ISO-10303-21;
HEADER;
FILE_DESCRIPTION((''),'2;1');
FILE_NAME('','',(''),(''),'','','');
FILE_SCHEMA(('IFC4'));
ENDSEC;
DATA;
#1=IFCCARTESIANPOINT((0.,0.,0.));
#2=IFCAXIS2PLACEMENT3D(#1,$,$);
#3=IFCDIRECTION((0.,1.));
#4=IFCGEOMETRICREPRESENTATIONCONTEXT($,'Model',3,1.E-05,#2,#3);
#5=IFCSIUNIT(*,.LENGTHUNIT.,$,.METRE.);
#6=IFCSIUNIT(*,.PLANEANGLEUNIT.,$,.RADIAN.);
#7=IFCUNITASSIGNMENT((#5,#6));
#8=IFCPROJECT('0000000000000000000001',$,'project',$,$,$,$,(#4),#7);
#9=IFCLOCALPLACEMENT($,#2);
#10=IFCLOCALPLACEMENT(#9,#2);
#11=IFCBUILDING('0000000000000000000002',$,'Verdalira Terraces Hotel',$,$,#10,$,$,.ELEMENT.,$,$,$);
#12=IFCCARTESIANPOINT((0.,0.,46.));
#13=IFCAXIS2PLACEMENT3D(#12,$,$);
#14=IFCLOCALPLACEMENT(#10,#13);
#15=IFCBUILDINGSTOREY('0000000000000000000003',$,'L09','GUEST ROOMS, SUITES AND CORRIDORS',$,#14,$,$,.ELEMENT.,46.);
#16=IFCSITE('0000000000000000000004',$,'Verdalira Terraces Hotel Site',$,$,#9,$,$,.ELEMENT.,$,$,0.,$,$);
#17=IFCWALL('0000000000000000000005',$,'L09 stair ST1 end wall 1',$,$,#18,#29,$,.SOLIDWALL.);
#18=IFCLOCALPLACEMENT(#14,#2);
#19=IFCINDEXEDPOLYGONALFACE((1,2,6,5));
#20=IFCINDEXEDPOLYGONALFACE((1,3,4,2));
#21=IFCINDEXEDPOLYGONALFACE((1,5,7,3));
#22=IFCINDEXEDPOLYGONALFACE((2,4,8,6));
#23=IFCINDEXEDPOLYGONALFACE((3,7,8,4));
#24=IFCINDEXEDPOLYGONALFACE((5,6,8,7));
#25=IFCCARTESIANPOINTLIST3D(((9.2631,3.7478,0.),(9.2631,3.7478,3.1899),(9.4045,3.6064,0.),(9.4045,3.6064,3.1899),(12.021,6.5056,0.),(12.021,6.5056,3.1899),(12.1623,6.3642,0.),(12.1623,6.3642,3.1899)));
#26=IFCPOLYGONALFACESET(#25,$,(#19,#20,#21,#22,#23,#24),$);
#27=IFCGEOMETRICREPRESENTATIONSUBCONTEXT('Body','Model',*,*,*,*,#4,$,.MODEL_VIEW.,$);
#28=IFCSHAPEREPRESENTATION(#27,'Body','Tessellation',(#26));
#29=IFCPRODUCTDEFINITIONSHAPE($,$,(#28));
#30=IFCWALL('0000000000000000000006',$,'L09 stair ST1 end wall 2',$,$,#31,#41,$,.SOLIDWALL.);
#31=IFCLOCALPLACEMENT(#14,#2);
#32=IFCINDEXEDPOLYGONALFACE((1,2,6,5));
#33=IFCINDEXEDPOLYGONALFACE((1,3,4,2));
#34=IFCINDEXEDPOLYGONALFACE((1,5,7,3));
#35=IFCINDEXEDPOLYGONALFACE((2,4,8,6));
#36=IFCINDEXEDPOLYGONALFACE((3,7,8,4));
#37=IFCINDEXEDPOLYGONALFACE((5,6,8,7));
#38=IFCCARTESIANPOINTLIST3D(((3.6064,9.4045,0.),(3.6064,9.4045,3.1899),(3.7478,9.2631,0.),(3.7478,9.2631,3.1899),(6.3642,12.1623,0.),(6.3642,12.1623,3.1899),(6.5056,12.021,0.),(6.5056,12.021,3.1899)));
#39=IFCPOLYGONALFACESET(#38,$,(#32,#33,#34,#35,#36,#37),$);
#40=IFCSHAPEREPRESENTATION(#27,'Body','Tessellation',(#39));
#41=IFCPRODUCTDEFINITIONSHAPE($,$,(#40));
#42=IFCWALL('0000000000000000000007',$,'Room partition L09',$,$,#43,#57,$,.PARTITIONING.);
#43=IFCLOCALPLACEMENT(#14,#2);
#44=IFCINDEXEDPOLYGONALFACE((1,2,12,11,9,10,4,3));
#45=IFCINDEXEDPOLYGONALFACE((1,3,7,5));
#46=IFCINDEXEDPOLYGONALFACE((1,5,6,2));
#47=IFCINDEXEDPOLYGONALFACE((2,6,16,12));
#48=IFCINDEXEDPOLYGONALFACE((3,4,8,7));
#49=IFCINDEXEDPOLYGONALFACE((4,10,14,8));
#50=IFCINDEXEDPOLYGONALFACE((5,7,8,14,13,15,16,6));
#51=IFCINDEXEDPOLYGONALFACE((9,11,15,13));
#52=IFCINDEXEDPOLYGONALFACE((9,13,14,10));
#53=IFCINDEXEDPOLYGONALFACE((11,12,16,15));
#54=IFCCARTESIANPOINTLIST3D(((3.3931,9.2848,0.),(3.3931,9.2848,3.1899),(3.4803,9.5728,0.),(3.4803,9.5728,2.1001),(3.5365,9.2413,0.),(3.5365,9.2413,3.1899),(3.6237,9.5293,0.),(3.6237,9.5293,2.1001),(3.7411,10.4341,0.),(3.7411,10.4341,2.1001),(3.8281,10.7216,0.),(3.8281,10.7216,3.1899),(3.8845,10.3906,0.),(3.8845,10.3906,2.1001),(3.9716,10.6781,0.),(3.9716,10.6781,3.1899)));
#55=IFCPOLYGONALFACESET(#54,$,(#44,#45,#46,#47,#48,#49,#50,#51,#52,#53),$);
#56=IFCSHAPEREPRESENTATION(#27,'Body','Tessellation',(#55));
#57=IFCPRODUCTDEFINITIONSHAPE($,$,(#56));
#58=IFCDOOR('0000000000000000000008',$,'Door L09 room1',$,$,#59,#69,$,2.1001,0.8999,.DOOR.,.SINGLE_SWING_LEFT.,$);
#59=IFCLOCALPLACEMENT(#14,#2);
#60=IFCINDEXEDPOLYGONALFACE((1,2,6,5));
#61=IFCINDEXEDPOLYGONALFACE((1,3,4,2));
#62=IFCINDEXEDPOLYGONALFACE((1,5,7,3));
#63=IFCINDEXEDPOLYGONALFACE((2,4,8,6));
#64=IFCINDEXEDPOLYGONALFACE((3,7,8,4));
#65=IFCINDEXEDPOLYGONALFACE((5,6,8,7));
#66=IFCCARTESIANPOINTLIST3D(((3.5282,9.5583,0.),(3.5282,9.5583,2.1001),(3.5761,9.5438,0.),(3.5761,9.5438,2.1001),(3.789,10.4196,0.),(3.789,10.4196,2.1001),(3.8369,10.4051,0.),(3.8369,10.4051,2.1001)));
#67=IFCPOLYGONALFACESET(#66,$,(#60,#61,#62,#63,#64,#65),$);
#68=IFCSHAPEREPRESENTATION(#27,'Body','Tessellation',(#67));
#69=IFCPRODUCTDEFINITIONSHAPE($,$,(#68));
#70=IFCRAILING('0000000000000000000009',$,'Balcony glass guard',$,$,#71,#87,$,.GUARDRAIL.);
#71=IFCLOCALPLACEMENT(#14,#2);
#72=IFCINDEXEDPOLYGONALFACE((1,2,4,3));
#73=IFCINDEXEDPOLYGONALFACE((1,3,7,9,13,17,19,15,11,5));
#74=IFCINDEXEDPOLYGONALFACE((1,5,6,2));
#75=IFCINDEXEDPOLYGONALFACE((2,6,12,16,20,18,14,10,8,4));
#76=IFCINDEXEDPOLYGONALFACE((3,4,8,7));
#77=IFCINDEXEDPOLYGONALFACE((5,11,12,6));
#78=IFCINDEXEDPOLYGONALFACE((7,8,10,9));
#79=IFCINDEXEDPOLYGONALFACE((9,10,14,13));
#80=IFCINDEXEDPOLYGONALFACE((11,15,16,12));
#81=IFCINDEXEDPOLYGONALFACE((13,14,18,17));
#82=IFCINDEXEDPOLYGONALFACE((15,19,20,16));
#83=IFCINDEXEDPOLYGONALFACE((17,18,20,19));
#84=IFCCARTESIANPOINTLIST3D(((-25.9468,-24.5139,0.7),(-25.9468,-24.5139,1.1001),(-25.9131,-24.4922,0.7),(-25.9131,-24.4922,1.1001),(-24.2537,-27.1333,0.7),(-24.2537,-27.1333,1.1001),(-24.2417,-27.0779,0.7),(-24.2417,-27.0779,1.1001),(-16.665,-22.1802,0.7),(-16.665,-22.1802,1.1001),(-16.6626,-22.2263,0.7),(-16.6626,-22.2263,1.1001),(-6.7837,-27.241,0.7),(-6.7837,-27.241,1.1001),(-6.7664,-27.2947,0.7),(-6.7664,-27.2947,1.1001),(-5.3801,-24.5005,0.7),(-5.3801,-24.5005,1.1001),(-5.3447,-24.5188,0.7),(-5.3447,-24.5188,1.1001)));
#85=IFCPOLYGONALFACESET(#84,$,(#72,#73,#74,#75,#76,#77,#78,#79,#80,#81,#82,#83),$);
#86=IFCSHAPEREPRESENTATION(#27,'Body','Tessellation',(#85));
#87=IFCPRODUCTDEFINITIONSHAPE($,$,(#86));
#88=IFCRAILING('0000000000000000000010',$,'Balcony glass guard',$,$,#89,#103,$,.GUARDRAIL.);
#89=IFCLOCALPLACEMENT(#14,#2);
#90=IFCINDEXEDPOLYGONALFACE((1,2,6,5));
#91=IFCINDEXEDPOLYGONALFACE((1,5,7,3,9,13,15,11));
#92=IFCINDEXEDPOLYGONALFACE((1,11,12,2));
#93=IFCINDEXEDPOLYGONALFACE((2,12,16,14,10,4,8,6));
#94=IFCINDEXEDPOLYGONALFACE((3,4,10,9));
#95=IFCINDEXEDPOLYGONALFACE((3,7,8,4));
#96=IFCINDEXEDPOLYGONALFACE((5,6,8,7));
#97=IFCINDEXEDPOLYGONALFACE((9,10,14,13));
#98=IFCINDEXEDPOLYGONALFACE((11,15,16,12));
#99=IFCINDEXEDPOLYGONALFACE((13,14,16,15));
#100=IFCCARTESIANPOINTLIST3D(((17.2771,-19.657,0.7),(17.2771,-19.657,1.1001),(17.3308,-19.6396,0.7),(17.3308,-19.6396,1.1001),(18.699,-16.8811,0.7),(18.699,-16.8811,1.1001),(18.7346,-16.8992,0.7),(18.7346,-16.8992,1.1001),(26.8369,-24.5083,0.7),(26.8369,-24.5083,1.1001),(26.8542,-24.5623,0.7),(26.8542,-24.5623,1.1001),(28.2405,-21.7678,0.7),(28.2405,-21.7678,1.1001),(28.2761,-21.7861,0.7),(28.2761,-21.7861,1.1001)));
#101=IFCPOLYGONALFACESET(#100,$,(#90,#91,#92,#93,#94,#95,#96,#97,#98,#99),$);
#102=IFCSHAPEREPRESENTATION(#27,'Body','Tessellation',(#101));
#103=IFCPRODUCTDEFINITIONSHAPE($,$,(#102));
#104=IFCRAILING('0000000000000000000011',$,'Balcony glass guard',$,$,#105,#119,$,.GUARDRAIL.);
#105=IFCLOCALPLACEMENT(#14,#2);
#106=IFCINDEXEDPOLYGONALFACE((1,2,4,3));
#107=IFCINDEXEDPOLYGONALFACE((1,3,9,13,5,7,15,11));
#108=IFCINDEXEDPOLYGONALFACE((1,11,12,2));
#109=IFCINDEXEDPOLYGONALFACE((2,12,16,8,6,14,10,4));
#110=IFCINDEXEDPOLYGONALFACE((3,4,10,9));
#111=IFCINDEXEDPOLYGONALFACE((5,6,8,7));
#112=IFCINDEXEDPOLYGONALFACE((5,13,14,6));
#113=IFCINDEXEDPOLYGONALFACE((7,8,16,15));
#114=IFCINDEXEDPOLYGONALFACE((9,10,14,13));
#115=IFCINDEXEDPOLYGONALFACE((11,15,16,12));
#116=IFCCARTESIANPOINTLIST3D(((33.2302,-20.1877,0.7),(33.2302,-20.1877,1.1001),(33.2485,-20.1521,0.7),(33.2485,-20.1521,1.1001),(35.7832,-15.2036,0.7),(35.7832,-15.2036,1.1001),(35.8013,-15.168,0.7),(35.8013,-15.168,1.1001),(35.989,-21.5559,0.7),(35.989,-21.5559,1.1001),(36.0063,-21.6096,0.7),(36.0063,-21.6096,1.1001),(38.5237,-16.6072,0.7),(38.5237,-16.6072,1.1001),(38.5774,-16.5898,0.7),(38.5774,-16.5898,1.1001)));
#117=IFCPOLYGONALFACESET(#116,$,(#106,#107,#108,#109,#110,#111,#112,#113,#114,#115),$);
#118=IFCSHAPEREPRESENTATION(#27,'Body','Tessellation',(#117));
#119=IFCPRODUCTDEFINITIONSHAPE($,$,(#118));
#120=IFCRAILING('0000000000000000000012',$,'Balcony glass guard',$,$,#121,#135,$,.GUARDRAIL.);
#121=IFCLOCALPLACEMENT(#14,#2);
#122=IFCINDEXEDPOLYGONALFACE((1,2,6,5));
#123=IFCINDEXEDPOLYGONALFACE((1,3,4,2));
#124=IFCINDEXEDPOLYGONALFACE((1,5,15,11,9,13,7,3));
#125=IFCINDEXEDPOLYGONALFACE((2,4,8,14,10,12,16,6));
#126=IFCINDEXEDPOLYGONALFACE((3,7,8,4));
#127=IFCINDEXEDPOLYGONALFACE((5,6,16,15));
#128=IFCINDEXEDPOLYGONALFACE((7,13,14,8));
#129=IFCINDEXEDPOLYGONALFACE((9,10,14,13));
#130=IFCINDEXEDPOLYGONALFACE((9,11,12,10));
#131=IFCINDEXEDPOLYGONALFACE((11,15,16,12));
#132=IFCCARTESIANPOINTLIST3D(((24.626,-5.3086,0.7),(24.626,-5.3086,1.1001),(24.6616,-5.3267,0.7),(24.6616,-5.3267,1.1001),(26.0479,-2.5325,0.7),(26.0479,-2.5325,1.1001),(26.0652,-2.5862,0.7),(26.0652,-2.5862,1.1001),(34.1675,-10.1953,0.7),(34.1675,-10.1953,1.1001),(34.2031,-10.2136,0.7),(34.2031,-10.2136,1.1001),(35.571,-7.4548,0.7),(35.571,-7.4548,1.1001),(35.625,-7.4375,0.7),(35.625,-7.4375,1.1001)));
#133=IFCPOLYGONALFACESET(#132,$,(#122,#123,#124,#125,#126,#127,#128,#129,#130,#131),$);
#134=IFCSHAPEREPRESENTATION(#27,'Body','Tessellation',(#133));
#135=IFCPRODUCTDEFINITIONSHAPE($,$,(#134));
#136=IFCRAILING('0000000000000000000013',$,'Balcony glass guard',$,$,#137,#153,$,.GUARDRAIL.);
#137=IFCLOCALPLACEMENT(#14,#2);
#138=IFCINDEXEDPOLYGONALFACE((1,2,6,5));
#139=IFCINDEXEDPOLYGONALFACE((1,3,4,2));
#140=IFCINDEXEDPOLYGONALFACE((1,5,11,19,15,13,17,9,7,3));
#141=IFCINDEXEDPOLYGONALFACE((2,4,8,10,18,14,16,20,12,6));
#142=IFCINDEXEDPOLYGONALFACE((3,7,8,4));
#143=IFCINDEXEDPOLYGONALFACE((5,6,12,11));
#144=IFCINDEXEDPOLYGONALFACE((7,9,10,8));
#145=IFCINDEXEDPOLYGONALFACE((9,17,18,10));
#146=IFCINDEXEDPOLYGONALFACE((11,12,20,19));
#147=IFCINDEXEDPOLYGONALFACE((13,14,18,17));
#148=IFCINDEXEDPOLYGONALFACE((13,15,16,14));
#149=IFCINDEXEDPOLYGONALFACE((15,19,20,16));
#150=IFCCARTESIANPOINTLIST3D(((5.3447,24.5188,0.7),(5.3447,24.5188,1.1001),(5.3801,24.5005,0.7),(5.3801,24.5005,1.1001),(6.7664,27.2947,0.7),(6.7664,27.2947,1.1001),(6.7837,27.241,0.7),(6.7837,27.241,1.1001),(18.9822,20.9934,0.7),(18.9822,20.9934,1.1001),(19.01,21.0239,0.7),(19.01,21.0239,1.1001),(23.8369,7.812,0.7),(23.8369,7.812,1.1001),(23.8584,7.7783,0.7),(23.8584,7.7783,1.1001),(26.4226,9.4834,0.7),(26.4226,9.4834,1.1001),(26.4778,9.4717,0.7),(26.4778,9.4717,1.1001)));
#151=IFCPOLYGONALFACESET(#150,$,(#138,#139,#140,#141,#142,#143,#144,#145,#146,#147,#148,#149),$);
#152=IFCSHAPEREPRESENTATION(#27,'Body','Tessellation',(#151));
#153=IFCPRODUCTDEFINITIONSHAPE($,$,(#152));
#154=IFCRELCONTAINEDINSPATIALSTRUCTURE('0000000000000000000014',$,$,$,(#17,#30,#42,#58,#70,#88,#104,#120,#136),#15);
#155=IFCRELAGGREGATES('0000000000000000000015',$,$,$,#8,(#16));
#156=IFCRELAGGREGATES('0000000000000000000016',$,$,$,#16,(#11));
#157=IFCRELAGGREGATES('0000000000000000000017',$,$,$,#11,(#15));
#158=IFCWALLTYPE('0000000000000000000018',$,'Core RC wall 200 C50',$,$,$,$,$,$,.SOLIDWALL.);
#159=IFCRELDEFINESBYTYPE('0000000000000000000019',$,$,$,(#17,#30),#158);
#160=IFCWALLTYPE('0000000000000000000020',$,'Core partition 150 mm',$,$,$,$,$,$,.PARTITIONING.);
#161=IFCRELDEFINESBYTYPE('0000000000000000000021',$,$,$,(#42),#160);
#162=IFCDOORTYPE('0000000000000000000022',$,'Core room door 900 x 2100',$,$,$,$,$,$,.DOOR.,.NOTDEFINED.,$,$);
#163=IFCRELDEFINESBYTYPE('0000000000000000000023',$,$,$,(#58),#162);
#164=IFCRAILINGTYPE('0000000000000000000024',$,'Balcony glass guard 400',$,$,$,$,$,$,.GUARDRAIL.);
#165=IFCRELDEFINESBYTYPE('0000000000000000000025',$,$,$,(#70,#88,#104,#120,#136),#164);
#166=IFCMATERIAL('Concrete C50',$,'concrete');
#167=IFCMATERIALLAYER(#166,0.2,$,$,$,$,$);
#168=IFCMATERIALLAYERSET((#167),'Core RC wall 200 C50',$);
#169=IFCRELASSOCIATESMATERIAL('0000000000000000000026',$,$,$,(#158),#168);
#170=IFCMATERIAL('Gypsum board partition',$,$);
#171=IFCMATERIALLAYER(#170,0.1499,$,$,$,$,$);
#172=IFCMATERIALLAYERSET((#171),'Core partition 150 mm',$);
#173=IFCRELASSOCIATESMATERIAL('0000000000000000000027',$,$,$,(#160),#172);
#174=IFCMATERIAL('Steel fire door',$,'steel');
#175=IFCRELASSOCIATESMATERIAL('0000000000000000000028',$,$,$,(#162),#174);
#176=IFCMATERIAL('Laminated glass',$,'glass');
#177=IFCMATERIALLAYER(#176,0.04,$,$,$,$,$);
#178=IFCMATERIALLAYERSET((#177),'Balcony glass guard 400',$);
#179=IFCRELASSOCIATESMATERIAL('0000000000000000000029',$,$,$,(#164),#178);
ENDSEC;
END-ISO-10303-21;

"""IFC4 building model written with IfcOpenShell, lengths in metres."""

from ifc_helpers import new_model, si_unit, direction, frame, frame_2d, origin, place, context, subcontext, project, spatial, polyline, rectangle, outline, extrude, material, layer, layer_set, type_object, element, fill, save


model = new_model("IFC4")

# Units and contexts
model_context = context("Model", 3, precision=1e-05, world=origin(), true_north=direction((0.0, 1.0)))
body_context = subcontext(model_context, "Body", "Model", "MODEL_VIEW")
ifc_project = project(units=[si_unit("LENGTHUNIT", "METRE"), si_unit("PLANEANGLEUNIT", "RADIAN")], contexts=[model_context])

# Site, building, storey
site_placement = place(None, origin())
site = spatial("IfcSite", under=ifc_project, at=site_placement, Name="Verdalira Terraces Hotel Site", CompositionType="ELEMENT", RefElevation=0.0)
building_placement = place(site_placement, origin())
building = spatial("IfcBuilding", under=site, at=building_placement, Name="Verdalira Terraces Hotel", CompositionType="ELEMENT")
storey_placement = place(building_placement, frame((0.0, 0.0, 46.0)))
storey = spatial("IfcBuildingStorey", under=building, at=storey_placement, Name="L09", Description="GUEST ROOMS, SUITES AND CORRIDORS", CompositionType="ELEMENT", Elevation=46.0)

# Shared definitions
ifc_material_1 = material(Name="Concrete C50", Category="concrete")
ifc_layer_1 = layer(ifc_material_1, 0.2)
ifc_layer_set_1 = layer_set([ifc_layer_1], Name="Core RC wall 200 C50")
wall_type_1 = type_object("IfcWallType", Name="Core RC wall 200 C50", PredefinedType="SOLIDWALL", material=ifc_layer_set_1)

# Walls
for number, where, z_axis, x_axis, name in (
    (1, (9.3337, 3.677, 0.0), (0.0, 0.0, 1.0), (0.707107, 0.707107, 0.0), "L09 stair ST1 end wall 1"),
    (2, (3.677, 9.3337, 0.0), (0.0, 0.0, 1.0), (0.707107, 0.707107, 0.0), "L09 stair ST1 end wall 2"),
):
    element("IfcWall", number, at=place(storey_placement, frame(where, z_axis=z_axis, x_axis=x_axis)), inside=storey, type_object=wall_type_1, Name=name, PredefinedType="SOLIDWALL", context=body_context, shape_type="SweptSolid", body=[
        extrude(rectangle(XDim=3.9001, YDim=0.2, at=frame_2d((1.9502, 0.0))), origin(), (0.0, 0.0, 1.0), 3.1899),
    ])

# Wall, opening, door
ifc_material_2 = material(Name="Gypsum board partition")
ifc_layer_2 = layer(ifc_material_2, 0.1499)
ifc_layer_set_2 = layer_set([ifc_layer_2], Name="Core partition 150 mm")
wall_type_2 = type_object("IfcWallType", Name="Core partition 150 mm", PredefinedType="PARTITIONING", material=ifc_layer_set_2)
wall_1_placement = place(storey_placement, frame((3.4648, 9.2632, 0.0), z_axis=(0.0, 0.0, 1.0), x_axis=(0.289809, 0.957085, 0.0)))
wall_1 = element("IfcWall", 3, at=wall_1_placement, inside=storey, type_object=wall_type_2, Name="Room partition L09", PredefinedType="PARTITIONING", context=body_context, shape_type="SweptSolid", body=[
    extrude(rectangle(XDim=1.5012, YDim=0.1499, at=frame_2d((0.7505, 0.0))), origin(), (0.0, 0.0, 1.0), 3.1899),
])
opening_1_placement = place(wall_1_placement, frame((0.3008, 0.0, 0.0)))
opening_1 = element("IfcOpeningElement", 4, at=opening_1_placement, cuts=wall_1, PredefinedType="OPENING", context=body_context, shape_type="SweptSolid", body=[
    extrude(rectangle(XDim=0.8999, YDim=2.1001, at=frame_2d((0.45, 1.05))), frame((0.0, 0.085, 0.0), z_axis=(0.0, -1.0, 0.0), x_axis=(1.0, 0.0, 0.0)), (0.0, 0.0, 1.0), 0.1699),
])
ifc_material_3 = material(Name="Steel fire door", Category="steel")
door_type_1 = type_object("IfcDoorType", Name="Core room door 900 x 2100", OperationType="NOTDEFINED", PredefinedType="DOOR", material=ifc_material_3)
door_1_placement = place(opening_1_placement, origin())
door_1 = element("IfcDoor", 5, at=door_1_placement, inside=storey, type_object=door_type_1, Name="Door L09 room1", OperationType="SINGLE_SWING_LEFT", OverallHeight=2.1001, OverallWidth=0.8999, PredefinedType="DOOR", context=body_context, shape_type="SweptSolid", body=[
    extrude(rectangle(XDim=0.8999, YDim=2.1001, at=frame_2d((0.45, 1.05))), frame((0.0, 0.0249, 0.0), z_axis=(0.0, -1.0, 0.0), x_axis=(1.0, 0.0, 0.0)), (0.0, 0.0, 1.0), 0.05),
])
fill(opening_1, door_1)

# Railings
ifc_material_4 = material(Name="Laminated glass", Category="glass")
ifc_layer_3 = layer(ifc_material_4, 0.04)
ifc_layer_set_3 = layer_set([ifc_layer_3], Name="Balcony glass guard 400")
railing_type = type_object("IfcRailingType", Name="Balcony glass guard 400", PredefinedType="GUARDRAIL", material=ifc_layer_set_3)
railing_1_placement = place(storey_placement, frame((0.0, 0.0, 0.7)))
element("IfcRailing", 6, at=railing_1_placement, inside=storey, type_object=railing_type, Name="Balcony glass guard", PredefinedType="GUARDRAIL", context=body_context, shape_type="SweptSolid", body=[
    extrude(outline(polyline([(-24.2417, -27.0779), (-16.665, -22.1802), (-6.7837, -27.241), (-5.3801, -24.5005), (-5.3447, -24.5188), (-6.7664, -27.2947), (-16.6626, -22.2263), (-24.2537, -27.1333), (-25.9468, -24.5139), (-25.9131, -24.4922), (-24.2417, -27.0779)])), origin(), (0.0, 0.0, 1.0), 0.4001),
])
railing_2_placement = place(storey_placement, frame((0.0, 0.0, 0.7)))
element("IfcRailing", 7, at=railing_2_placement, inside=storey, type_object=railing_type, Name="Balcony glass guard", PredefinedType="GUARDRAIL", context=body_context, shape_type="SweptSolid", body=[
    extrude(outline(polyline([(17.3308, -19.6396), (26.8369, -24.5083), (28.2405, -21.7678), (28.2761, -21.7861), (26.8542, -24.5623), (17.2771, -19.657), (18.699, -16.8811), (18.7346, -16.8992), (17.3308, -19.6396)])), origin(), (0.0, 0.0, 1.0), 0.4001),
])
railing_3_placement = place(storey_placement, frame((0.0, 0.0, 0.7)))
element("IfcRailing", 8, at=railing_3_placement, inside=storey, type_object=railing_type, Name="Balcony glass guard", PredefinedType="GUARDRAIL", context=body_context, shape_type="SweptSolid", body=[
    extrude(outline(polyline([(35.989, -21.5559), (38.5237, -16.6072), (35.7832, -15.2036), (35.8013, -15.168), (38.5774, -16.5898), (36.0063, -21.6096), (33.2302, -20.1877), (33.2485, -20.1521), (35.989, -21.5559)])), origin(), (0.0, 0.0, 1.0), 0.4001),
])
railing_4_placement = place(storey_placement, frame((0.0, 0.0, 0.7)))
element("IfcRailing", 9, at=railing_4_placement, inside=storey, type_object=railing_type, Name="Balcony glass guard", PredefinedType="GUARDRAIL", context=body_context, shape_type="SweptSolid", body=[
    extrude(outline(polyline([(35.571, -7.4548), (26.0652, -2.5862), (24.6616, -5.3267), (24.626, -5.3086), (26.0479, -2.5325), (35.625, -7.4375), (34.2031, -10.2136), (34.1675, -10.1953), (35.571, -7.4548)])), origin(), (0.0, 0.0, 1.0), 0.4001),
])
railing_5_placement = place(storey_placement, frame((0.0, 0.0, 0.7)))
element("IfcRailing", 10, at=railing_5_placement, inside=storey, type_object=railing_type, Name="Balcony glass guard", PredefinedType="GUARDRAIL", context=body_context, shape_type="SweptSolid", body=[
    extrude(outline(polyline([(26.4226, 9.4834), (18.9822, 20.9934), (6.7837, 27.241), (5.3801, 24.5005), (5.3447, 24.5188), (6.7664, 27.2947), (19.01, 21.0239), (26.4778, 9.4717), (23.8584, 7.7783), (23.8369, 7.812), (26.4226, 9.4834)])), origin(), (0.0, 0.0, 1.0), 0.4001),
])

save(model, "model.ifc")
